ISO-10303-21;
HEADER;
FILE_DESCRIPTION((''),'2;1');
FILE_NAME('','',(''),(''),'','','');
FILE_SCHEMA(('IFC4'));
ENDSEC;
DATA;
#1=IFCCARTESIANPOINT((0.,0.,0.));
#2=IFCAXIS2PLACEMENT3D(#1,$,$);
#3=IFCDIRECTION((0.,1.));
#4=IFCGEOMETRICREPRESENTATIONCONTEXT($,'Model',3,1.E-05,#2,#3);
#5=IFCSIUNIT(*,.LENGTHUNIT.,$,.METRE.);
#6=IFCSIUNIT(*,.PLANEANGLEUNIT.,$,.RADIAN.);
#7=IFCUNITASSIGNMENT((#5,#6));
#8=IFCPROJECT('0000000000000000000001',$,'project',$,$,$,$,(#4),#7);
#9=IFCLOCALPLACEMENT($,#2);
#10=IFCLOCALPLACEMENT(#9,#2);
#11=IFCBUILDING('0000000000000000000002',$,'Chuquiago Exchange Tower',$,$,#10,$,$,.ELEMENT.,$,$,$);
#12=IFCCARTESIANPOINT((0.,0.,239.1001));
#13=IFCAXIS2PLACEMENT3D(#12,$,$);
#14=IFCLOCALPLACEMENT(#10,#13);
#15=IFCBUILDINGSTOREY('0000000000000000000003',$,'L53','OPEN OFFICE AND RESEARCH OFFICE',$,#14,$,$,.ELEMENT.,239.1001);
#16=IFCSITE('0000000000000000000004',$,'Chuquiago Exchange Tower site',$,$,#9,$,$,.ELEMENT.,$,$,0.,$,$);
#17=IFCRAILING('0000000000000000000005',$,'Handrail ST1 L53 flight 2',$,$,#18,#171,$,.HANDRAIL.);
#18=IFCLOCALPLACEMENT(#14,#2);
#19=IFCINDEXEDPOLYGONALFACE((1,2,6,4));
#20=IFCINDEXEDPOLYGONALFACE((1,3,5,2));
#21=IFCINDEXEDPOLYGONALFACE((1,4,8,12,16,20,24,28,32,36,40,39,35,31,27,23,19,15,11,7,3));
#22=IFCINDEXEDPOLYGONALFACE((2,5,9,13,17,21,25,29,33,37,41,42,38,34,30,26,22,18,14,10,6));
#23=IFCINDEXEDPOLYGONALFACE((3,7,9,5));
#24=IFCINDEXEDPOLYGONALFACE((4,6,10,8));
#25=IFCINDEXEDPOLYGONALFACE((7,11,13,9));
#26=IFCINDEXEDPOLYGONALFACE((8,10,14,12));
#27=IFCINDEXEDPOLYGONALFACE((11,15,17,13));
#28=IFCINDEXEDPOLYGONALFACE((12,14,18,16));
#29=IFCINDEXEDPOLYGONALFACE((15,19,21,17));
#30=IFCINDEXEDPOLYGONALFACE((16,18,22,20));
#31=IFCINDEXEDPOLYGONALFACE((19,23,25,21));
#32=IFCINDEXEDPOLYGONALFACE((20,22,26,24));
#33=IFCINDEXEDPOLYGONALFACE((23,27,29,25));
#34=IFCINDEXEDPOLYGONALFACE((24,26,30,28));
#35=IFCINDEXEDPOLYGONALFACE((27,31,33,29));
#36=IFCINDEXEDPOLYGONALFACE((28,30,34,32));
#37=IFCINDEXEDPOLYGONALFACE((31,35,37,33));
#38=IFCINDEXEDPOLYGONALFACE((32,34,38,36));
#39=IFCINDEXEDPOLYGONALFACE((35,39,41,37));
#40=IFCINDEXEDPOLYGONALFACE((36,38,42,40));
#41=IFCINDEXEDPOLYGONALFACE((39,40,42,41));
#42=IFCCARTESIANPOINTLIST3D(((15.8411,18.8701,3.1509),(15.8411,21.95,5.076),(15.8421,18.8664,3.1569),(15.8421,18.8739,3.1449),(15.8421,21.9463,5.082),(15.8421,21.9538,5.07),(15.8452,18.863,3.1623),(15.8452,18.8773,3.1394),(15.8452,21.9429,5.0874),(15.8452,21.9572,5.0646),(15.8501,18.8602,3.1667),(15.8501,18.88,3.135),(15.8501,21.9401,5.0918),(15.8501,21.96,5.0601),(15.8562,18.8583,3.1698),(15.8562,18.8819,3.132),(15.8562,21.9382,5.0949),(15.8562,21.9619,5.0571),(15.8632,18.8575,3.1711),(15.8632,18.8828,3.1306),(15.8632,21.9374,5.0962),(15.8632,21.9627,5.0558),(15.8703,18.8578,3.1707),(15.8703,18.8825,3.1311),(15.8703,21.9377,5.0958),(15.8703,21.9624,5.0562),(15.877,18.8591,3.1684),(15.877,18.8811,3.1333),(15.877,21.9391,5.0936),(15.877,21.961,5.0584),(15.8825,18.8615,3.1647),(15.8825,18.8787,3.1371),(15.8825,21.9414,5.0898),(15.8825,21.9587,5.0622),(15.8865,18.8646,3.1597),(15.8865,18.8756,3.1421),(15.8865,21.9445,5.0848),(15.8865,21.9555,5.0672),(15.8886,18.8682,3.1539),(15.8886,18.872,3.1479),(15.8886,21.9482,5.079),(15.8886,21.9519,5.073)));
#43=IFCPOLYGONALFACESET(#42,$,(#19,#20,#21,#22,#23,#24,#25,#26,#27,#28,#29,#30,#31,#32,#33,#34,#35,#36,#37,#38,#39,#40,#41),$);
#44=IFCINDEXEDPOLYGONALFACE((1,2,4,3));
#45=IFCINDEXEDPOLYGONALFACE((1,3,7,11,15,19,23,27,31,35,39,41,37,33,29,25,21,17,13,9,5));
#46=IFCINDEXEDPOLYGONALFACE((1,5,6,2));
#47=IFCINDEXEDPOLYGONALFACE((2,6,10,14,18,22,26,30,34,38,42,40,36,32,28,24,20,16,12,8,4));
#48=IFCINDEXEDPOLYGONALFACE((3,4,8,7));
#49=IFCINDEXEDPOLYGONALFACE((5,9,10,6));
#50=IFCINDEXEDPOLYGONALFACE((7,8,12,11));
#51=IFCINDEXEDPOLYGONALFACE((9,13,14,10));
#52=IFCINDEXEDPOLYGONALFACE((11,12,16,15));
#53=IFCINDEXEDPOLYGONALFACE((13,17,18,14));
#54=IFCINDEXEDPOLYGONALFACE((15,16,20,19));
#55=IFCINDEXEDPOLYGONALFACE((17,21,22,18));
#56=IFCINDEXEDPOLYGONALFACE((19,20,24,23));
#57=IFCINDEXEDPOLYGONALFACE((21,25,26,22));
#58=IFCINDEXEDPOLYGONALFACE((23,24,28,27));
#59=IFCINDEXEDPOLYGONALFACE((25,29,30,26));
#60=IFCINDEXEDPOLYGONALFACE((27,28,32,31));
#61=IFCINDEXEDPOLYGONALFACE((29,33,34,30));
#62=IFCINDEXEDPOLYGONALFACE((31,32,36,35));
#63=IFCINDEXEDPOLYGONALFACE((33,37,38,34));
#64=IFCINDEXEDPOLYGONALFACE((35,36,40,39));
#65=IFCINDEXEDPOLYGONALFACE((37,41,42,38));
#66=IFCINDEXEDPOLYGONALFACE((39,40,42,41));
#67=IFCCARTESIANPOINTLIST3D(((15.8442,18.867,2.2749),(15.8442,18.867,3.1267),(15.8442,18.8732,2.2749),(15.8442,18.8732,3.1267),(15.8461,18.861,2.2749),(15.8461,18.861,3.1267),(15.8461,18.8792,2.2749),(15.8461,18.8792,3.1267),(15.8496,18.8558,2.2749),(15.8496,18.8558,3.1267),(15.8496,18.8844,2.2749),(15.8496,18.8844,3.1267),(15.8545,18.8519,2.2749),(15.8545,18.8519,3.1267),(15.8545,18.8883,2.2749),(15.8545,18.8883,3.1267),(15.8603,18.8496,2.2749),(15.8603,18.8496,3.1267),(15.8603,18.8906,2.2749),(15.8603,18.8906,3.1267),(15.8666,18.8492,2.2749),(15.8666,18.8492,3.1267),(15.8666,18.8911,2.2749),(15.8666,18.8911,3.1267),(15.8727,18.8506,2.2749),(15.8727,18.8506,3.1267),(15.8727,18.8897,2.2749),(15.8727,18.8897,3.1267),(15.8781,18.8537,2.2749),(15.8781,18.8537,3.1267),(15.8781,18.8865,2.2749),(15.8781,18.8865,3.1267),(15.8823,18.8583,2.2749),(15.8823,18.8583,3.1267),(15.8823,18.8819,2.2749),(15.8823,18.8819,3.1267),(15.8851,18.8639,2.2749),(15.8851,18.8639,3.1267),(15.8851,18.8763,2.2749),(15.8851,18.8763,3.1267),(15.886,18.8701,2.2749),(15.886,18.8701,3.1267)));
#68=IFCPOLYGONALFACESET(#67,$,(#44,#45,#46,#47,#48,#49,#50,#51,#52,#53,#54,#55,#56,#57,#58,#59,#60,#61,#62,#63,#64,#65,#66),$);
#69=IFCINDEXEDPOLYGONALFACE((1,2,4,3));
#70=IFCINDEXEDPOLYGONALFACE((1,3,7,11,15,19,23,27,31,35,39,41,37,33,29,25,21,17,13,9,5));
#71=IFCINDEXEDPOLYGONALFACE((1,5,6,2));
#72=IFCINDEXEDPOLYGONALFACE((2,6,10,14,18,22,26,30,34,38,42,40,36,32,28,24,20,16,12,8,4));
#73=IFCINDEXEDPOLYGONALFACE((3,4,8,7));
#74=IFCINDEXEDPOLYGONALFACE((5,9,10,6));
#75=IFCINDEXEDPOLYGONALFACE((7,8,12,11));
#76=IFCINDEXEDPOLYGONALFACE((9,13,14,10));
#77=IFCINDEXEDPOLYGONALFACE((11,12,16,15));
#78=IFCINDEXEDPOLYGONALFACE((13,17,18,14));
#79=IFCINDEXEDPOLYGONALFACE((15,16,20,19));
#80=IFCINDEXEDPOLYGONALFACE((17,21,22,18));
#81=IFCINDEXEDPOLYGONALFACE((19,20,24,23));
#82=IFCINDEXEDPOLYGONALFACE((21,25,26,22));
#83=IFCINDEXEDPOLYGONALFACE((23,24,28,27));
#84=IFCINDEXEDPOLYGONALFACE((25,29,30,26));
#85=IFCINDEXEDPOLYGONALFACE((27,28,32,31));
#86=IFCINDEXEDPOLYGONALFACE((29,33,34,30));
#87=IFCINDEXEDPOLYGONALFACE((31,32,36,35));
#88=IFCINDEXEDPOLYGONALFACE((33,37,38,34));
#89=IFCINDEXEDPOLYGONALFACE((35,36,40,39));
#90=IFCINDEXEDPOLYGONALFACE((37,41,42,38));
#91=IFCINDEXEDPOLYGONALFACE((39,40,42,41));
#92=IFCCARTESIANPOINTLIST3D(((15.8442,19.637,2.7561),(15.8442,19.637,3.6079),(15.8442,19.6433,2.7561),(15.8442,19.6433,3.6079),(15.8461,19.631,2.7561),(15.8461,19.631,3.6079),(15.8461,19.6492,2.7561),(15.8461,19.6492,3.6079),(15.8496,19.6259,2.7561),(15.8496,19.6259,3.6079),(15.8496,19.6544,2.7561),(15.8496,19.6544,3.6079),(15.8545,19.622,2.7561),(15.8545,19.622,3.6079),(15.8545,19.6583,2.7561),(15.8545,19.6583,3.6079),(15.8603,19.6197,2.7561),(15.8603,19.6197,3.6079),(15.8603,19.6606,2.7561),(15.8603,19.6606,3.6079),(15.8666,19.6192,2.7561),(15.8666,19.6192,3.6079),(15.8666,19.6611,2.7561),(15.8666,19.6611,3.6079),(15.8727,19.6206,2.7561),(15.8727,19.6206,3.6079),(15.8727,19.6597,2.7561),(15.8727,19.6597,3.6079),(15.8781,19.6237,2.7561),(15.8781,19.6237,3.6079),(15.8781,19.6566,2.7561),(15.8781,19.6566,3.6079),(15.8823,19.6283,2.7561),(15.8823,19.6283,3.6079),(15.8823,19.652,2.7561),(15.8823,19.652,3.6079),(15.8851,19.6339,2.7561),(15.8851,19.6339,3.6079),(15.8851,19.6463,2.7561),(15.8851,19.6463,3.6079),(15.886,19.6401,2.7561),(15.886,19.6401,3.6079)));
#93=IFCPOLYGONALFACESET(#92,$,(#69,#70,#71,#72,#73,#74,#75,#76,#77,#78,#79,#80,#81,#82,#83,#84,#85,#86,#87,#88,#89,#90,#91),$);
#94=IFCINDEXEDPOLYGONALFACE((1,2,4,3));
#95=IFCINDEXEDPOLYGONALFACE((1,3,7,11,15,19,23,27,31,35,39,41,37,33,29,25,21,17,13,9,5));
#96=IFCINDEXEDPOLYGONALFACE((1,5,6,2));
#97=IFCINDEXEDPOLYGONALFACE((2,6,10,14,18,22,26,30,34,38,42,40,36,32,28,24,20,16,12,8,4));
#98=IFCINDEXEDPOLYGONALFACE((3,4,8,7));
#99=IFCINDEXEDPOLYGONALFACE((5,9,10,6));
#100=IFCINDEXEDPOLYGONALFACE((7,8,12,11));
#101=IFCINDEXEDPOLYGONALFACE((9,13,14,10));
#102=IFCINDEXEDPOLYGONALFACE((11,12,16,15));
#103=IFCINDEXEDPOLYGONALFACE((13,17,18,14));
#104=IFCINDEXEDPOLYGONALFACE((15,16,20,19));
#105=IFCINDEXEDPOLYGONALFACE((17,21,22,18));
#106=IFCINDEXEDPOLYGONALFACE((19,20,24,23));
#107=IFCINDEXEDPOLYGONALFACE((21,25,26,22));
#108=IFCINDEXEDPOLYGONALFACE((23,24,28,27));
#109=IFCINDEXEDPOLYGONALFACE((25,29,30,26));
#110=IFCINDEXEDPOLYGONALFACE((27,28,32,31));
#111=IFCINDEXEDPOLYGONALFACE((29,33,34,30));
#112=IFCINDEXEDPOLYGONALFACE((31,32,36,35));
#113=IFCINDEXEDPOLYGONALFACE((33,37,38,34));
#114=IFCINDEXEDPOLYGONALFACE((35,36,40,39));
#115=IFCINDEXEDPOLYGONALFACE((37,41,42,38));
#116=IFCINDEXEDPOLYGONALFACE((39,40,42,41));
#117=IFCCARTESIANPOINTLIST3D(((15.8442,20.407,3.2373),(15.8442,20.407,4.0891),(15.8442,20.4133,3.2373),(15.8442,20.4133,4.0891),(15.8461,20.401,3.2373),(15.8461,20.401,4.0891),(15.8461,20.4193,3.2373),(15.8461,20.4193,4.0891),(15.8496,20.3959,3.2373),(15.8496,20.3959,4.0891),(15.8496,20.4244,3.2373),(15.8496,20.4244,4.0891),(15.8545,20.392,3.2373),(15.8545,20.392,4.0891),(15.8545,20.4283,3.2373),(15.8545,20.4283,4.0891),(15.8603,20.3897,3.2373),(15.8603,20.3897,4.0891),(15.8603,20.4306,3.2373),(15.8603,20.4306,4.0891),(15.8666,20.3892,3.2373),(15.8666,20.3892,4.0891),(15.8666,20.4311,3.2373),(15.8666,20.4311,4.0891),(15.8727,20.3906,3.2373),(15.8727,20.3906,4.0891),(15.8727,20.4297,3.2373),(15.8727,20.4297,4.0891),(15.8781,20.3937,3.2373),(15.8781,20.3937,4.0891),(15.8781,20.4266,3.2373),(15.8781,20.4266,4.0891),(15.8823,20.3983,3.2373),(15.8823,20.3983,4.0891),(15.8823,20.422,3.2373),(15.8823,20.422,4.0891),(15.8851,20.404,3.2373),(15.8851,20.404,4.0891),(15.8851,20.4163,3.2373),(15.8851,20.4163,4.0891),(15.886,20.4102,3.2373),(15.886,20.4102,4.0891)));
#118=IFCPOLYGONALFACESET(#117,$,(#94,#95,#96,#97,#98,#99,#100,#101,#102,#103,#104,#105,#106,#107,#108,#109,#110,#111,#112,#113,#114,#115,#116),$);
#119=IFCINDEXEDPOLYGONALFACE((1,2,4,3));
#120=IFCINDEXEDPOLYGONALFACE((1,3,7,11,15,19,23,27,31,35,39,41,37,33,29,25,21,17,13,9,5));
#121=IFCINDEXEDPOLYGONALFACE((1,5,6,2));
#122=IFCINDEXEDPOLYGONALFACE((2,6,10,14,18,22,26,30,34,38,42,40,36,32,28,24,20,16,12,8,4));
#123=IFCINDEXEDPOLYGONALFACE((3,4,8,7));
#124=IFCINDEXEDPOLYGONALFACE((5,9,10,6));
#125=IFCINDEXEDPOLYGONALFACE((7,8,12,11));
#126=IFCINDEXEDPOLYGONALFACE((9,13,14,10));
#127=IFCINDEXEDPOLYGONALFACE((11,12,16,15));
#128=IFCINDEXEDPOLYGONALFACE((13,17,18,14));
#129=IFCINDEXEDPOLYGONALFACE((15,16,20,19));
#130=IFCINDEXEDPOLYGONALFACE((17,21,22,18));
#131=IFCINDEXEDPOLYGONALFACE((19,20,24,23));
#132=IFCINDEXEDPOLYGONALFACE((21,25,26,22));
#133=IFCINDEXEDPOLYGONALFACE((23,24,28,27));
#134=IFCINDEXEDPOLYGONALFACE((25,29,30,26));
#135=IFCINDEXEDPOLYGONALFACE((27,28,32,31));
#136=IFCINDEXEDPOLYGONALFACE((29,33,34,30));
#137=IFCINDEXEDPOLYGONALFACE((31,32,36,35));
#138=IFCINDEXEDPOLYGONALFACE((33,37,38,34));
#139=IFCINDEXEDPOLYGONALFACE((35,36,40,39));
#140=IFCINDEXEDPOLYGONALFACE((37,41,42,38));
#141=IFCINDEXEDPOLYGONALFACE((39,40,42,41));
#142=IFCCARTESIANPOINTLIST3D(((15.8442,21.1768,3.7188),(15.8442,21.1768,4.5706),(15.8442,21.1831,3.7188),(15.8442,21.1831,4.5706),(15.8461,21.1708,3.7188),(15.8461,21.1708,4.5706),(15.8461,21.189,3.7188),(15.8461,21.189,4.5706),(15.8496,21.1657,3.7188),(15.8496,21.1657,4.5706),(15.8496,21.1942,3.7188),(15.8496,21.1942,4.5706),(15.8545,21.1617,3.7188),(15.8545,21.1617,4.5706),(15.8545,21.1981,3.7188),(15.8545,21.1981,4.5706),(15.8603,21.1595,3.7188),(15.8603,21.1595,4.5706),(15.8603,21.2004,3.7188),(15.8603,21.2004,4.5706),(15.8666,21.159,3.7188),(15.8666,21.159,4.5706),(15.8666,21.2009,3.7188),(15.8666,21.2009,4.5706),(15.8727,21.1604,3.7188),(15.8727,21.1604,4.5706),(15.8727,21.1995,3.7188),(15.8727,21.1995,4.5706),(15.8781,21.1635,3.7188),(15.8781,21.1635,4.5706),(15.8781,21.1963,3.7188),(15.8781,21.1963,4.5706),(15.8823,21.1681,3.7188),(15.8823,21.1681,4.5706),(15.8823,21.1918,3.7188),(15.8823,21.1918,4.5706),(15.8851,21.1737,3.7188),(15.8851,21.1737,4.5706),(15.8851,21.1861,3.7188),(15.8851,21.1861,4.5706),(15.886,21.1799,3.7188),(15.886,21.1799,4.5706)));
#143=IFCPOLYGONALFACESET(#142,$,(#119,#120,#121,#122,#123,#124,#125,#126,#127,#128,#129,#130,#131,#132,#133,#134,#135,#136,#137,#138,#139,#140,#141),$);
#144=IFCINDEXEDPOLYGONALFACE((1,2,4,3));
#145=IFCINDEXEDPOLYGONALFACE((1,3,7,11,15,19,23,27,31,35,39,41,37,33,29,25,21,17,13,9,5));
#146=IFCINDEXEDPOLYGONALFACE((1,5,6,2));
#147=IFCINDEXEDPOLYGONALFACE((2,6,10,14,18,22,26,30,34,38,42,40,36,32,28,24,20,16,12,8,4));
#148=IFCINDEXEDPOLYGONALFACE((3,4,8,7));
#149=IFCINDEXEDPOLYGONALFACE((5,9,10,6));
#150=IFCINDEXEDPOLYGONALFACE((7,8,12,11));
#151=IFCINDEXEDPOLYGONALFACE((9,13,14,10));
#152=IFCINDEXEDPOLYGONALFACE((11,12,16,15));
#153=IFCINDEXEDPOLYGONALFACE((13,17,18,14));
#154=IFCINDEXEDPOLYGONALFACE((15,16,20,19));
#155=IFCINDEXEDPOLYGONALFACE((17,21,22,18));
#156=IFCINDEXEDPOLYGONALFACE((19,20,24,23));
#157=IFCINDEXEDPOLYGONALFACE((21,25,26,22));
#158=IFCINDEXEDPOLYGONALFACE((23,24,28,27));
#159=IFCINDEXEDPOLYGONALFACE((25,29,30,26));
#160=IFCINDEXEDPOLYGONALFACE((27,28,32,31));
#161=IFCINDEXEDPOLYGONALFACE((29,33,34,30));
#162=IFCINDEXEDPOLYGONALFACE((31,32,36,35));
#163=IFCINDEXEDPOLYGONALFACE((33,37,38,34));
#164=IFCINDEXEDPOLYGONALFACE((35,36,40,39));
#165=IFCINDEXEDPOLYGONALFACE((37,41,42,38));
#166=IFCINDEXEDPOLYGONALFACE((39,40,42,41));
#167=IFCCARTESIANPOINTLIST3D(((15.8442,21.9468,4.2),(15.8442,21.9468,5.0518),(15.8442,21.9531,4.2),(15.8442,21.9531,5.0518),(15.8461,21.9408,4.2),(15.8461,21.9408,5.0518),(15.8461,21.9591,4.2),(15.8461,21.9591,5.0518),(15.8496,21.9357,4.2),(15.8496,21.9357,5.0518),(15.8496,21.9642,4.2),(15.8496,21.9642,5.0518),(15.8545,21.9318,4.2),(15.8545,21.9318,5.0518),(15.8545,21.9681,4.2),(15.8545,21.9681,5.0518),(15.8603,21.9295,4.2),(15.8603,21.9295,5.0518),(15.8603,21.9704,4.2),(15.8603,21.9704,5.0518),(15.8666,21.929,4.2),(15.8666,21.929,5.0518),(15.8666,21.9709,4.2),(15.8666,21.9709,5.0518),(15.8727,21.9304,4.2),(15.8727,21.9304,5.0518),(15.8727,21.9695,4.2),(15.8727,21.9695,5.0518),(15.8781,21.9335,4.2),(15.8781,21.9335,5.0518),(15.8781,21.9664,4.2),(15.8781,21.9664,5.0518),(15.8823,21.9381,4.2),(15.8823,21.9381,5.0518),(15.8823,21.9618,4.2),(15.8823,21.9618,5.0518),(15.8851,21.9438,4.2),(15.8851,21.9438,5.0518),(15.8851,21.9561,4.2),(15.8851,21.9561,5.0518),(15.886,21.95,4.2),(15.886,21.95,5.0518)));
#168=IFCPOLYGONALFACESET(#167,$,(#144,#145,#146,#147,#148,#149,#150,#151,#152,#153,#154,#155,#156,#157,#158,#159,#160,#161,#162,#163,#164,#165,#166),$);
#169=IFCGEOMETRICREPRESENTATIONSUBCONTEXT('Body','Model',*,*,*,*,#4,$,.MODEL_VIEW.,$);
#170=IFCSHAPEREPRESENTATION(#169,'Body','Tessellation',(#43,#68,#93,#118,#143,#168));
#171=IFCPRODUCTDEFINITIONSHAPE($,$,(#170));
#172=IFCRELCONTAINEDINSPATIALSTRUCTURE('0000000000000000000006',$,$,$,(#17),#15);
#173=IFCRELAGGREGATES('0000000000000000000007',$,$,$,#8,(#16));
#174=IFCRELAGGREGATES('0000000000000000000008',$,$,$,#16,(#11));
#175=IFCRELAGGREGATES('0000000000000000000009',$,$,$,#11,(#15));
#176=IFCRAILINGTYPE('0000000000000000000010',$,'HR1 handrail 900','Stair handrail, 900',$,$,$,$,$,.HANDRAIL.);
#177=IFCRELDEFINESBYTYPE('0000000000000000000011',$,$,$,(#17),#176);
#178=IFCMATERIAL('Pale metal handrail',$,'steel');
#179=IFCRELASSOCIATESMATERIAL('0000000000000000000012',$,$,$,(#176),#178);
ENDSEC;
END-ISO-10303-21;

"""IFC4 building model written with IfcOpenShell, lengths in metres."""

from ifc_helpers import new_model, si_unit, direction, frame, origin, origin_2d, place, context, subcontext, project, spatial, circle, extrude, material, type_object, element, save


model = new_model("IFC4")

# Units and contexts
model_context = context("Model", 3, precision=1e-05, world=origin(), true_north=direction((0.0, 1.0)))
body_context = subcontext(model_context, "Body", "Model", "MODEL_VIEW")
ifc_project = project(units=[si_unit("LENGTHUNIT", "METRE"), si_unit("PLANEANGLEUNIT", "RADIAN")], contexts=[model_context])

# Site, building, storey
site_placement = place(None, origin())
site = spatial("IfcSite", under=ifc_project, at=site_placement, Name="Chuquiago Exchange Tower site", CompositionType="ELEMENT", RefElevation=0.0)
building_placement = place(site_placement, origin())
building = spatial("IfcBuilding", under=site, at=building_placement, Name="Chuquiago Exchange Tower", CompositionType="ELEMENT")
storey_placement = place(building_placement, frame((0.0, 0.0, 239.1001)))
storey = spatial("IfcBuildingStorey", under=building, at=storey_placement, Name="L53", Description="OPEN OFFICE AND RESEARCH OFFICE", CompositionType="ELEMENT", Elevation=239.1001)

# Railing
ifc_material_1 = material(Name="Pale metal handrail", Category="steel")
railing_type_1 = type_object("IfcRailingType", Name="HR1 handrail 900", Description="Stair handrail, 900", PredefinedType="HANDRAIL", material=ifc_material_1)
for number, where, name in (
    (1, (15.865, 18.8701, 2.2749), "Handrail ST1 L53 flight 2"),
):
    element("IfcRailing", number, at=place(storey_placement, frame(where)), inside=storey, type_object=railing_type_1, Name=name, PredefinedType="HANDRAIL", context=body_context, shape_type="SweptSolid", body=[
        extrude(circle(Radius=0.0239, at=origin_2d()), frame((0.0, 0.0, 0.876), z_axis=(0.0, 0.847979, 0.530029), x_axis=(-1.0, 0.0, 0.0)), (0.0, 0.0, 1.0), 3.6321),
        extrude(circle(Radius=0.021, at=origin_2d()), origin(), (0.0, 0.0, 1.0), 0.8518),
        extrude(circle(Radius=0.021, at=origin_2d()), frame((0.0, 0.77, 0.4812)), (0.0, 0.0, 1.0), 0.8518),
        extrude(circle(Radius=0.021, at=origin_2d()), frame((0.0, 1.54, 0.9624)), (0.0, 0.0, 1.0), 0.8518),
        extrude(circle(Radius=0.021, at=origin_2d()), frame((0.0, 2.3098, 1.4438)), (0.0, 0.0, 1.0), 0.8518),
        extrude(circle(Radius=0.021, at=origin_2d()), frame((0.0, 3.0798, 1.925)), (0.0, 0.0, 1.0), 0.8518),
    ])

save(model, "model.ifc")
